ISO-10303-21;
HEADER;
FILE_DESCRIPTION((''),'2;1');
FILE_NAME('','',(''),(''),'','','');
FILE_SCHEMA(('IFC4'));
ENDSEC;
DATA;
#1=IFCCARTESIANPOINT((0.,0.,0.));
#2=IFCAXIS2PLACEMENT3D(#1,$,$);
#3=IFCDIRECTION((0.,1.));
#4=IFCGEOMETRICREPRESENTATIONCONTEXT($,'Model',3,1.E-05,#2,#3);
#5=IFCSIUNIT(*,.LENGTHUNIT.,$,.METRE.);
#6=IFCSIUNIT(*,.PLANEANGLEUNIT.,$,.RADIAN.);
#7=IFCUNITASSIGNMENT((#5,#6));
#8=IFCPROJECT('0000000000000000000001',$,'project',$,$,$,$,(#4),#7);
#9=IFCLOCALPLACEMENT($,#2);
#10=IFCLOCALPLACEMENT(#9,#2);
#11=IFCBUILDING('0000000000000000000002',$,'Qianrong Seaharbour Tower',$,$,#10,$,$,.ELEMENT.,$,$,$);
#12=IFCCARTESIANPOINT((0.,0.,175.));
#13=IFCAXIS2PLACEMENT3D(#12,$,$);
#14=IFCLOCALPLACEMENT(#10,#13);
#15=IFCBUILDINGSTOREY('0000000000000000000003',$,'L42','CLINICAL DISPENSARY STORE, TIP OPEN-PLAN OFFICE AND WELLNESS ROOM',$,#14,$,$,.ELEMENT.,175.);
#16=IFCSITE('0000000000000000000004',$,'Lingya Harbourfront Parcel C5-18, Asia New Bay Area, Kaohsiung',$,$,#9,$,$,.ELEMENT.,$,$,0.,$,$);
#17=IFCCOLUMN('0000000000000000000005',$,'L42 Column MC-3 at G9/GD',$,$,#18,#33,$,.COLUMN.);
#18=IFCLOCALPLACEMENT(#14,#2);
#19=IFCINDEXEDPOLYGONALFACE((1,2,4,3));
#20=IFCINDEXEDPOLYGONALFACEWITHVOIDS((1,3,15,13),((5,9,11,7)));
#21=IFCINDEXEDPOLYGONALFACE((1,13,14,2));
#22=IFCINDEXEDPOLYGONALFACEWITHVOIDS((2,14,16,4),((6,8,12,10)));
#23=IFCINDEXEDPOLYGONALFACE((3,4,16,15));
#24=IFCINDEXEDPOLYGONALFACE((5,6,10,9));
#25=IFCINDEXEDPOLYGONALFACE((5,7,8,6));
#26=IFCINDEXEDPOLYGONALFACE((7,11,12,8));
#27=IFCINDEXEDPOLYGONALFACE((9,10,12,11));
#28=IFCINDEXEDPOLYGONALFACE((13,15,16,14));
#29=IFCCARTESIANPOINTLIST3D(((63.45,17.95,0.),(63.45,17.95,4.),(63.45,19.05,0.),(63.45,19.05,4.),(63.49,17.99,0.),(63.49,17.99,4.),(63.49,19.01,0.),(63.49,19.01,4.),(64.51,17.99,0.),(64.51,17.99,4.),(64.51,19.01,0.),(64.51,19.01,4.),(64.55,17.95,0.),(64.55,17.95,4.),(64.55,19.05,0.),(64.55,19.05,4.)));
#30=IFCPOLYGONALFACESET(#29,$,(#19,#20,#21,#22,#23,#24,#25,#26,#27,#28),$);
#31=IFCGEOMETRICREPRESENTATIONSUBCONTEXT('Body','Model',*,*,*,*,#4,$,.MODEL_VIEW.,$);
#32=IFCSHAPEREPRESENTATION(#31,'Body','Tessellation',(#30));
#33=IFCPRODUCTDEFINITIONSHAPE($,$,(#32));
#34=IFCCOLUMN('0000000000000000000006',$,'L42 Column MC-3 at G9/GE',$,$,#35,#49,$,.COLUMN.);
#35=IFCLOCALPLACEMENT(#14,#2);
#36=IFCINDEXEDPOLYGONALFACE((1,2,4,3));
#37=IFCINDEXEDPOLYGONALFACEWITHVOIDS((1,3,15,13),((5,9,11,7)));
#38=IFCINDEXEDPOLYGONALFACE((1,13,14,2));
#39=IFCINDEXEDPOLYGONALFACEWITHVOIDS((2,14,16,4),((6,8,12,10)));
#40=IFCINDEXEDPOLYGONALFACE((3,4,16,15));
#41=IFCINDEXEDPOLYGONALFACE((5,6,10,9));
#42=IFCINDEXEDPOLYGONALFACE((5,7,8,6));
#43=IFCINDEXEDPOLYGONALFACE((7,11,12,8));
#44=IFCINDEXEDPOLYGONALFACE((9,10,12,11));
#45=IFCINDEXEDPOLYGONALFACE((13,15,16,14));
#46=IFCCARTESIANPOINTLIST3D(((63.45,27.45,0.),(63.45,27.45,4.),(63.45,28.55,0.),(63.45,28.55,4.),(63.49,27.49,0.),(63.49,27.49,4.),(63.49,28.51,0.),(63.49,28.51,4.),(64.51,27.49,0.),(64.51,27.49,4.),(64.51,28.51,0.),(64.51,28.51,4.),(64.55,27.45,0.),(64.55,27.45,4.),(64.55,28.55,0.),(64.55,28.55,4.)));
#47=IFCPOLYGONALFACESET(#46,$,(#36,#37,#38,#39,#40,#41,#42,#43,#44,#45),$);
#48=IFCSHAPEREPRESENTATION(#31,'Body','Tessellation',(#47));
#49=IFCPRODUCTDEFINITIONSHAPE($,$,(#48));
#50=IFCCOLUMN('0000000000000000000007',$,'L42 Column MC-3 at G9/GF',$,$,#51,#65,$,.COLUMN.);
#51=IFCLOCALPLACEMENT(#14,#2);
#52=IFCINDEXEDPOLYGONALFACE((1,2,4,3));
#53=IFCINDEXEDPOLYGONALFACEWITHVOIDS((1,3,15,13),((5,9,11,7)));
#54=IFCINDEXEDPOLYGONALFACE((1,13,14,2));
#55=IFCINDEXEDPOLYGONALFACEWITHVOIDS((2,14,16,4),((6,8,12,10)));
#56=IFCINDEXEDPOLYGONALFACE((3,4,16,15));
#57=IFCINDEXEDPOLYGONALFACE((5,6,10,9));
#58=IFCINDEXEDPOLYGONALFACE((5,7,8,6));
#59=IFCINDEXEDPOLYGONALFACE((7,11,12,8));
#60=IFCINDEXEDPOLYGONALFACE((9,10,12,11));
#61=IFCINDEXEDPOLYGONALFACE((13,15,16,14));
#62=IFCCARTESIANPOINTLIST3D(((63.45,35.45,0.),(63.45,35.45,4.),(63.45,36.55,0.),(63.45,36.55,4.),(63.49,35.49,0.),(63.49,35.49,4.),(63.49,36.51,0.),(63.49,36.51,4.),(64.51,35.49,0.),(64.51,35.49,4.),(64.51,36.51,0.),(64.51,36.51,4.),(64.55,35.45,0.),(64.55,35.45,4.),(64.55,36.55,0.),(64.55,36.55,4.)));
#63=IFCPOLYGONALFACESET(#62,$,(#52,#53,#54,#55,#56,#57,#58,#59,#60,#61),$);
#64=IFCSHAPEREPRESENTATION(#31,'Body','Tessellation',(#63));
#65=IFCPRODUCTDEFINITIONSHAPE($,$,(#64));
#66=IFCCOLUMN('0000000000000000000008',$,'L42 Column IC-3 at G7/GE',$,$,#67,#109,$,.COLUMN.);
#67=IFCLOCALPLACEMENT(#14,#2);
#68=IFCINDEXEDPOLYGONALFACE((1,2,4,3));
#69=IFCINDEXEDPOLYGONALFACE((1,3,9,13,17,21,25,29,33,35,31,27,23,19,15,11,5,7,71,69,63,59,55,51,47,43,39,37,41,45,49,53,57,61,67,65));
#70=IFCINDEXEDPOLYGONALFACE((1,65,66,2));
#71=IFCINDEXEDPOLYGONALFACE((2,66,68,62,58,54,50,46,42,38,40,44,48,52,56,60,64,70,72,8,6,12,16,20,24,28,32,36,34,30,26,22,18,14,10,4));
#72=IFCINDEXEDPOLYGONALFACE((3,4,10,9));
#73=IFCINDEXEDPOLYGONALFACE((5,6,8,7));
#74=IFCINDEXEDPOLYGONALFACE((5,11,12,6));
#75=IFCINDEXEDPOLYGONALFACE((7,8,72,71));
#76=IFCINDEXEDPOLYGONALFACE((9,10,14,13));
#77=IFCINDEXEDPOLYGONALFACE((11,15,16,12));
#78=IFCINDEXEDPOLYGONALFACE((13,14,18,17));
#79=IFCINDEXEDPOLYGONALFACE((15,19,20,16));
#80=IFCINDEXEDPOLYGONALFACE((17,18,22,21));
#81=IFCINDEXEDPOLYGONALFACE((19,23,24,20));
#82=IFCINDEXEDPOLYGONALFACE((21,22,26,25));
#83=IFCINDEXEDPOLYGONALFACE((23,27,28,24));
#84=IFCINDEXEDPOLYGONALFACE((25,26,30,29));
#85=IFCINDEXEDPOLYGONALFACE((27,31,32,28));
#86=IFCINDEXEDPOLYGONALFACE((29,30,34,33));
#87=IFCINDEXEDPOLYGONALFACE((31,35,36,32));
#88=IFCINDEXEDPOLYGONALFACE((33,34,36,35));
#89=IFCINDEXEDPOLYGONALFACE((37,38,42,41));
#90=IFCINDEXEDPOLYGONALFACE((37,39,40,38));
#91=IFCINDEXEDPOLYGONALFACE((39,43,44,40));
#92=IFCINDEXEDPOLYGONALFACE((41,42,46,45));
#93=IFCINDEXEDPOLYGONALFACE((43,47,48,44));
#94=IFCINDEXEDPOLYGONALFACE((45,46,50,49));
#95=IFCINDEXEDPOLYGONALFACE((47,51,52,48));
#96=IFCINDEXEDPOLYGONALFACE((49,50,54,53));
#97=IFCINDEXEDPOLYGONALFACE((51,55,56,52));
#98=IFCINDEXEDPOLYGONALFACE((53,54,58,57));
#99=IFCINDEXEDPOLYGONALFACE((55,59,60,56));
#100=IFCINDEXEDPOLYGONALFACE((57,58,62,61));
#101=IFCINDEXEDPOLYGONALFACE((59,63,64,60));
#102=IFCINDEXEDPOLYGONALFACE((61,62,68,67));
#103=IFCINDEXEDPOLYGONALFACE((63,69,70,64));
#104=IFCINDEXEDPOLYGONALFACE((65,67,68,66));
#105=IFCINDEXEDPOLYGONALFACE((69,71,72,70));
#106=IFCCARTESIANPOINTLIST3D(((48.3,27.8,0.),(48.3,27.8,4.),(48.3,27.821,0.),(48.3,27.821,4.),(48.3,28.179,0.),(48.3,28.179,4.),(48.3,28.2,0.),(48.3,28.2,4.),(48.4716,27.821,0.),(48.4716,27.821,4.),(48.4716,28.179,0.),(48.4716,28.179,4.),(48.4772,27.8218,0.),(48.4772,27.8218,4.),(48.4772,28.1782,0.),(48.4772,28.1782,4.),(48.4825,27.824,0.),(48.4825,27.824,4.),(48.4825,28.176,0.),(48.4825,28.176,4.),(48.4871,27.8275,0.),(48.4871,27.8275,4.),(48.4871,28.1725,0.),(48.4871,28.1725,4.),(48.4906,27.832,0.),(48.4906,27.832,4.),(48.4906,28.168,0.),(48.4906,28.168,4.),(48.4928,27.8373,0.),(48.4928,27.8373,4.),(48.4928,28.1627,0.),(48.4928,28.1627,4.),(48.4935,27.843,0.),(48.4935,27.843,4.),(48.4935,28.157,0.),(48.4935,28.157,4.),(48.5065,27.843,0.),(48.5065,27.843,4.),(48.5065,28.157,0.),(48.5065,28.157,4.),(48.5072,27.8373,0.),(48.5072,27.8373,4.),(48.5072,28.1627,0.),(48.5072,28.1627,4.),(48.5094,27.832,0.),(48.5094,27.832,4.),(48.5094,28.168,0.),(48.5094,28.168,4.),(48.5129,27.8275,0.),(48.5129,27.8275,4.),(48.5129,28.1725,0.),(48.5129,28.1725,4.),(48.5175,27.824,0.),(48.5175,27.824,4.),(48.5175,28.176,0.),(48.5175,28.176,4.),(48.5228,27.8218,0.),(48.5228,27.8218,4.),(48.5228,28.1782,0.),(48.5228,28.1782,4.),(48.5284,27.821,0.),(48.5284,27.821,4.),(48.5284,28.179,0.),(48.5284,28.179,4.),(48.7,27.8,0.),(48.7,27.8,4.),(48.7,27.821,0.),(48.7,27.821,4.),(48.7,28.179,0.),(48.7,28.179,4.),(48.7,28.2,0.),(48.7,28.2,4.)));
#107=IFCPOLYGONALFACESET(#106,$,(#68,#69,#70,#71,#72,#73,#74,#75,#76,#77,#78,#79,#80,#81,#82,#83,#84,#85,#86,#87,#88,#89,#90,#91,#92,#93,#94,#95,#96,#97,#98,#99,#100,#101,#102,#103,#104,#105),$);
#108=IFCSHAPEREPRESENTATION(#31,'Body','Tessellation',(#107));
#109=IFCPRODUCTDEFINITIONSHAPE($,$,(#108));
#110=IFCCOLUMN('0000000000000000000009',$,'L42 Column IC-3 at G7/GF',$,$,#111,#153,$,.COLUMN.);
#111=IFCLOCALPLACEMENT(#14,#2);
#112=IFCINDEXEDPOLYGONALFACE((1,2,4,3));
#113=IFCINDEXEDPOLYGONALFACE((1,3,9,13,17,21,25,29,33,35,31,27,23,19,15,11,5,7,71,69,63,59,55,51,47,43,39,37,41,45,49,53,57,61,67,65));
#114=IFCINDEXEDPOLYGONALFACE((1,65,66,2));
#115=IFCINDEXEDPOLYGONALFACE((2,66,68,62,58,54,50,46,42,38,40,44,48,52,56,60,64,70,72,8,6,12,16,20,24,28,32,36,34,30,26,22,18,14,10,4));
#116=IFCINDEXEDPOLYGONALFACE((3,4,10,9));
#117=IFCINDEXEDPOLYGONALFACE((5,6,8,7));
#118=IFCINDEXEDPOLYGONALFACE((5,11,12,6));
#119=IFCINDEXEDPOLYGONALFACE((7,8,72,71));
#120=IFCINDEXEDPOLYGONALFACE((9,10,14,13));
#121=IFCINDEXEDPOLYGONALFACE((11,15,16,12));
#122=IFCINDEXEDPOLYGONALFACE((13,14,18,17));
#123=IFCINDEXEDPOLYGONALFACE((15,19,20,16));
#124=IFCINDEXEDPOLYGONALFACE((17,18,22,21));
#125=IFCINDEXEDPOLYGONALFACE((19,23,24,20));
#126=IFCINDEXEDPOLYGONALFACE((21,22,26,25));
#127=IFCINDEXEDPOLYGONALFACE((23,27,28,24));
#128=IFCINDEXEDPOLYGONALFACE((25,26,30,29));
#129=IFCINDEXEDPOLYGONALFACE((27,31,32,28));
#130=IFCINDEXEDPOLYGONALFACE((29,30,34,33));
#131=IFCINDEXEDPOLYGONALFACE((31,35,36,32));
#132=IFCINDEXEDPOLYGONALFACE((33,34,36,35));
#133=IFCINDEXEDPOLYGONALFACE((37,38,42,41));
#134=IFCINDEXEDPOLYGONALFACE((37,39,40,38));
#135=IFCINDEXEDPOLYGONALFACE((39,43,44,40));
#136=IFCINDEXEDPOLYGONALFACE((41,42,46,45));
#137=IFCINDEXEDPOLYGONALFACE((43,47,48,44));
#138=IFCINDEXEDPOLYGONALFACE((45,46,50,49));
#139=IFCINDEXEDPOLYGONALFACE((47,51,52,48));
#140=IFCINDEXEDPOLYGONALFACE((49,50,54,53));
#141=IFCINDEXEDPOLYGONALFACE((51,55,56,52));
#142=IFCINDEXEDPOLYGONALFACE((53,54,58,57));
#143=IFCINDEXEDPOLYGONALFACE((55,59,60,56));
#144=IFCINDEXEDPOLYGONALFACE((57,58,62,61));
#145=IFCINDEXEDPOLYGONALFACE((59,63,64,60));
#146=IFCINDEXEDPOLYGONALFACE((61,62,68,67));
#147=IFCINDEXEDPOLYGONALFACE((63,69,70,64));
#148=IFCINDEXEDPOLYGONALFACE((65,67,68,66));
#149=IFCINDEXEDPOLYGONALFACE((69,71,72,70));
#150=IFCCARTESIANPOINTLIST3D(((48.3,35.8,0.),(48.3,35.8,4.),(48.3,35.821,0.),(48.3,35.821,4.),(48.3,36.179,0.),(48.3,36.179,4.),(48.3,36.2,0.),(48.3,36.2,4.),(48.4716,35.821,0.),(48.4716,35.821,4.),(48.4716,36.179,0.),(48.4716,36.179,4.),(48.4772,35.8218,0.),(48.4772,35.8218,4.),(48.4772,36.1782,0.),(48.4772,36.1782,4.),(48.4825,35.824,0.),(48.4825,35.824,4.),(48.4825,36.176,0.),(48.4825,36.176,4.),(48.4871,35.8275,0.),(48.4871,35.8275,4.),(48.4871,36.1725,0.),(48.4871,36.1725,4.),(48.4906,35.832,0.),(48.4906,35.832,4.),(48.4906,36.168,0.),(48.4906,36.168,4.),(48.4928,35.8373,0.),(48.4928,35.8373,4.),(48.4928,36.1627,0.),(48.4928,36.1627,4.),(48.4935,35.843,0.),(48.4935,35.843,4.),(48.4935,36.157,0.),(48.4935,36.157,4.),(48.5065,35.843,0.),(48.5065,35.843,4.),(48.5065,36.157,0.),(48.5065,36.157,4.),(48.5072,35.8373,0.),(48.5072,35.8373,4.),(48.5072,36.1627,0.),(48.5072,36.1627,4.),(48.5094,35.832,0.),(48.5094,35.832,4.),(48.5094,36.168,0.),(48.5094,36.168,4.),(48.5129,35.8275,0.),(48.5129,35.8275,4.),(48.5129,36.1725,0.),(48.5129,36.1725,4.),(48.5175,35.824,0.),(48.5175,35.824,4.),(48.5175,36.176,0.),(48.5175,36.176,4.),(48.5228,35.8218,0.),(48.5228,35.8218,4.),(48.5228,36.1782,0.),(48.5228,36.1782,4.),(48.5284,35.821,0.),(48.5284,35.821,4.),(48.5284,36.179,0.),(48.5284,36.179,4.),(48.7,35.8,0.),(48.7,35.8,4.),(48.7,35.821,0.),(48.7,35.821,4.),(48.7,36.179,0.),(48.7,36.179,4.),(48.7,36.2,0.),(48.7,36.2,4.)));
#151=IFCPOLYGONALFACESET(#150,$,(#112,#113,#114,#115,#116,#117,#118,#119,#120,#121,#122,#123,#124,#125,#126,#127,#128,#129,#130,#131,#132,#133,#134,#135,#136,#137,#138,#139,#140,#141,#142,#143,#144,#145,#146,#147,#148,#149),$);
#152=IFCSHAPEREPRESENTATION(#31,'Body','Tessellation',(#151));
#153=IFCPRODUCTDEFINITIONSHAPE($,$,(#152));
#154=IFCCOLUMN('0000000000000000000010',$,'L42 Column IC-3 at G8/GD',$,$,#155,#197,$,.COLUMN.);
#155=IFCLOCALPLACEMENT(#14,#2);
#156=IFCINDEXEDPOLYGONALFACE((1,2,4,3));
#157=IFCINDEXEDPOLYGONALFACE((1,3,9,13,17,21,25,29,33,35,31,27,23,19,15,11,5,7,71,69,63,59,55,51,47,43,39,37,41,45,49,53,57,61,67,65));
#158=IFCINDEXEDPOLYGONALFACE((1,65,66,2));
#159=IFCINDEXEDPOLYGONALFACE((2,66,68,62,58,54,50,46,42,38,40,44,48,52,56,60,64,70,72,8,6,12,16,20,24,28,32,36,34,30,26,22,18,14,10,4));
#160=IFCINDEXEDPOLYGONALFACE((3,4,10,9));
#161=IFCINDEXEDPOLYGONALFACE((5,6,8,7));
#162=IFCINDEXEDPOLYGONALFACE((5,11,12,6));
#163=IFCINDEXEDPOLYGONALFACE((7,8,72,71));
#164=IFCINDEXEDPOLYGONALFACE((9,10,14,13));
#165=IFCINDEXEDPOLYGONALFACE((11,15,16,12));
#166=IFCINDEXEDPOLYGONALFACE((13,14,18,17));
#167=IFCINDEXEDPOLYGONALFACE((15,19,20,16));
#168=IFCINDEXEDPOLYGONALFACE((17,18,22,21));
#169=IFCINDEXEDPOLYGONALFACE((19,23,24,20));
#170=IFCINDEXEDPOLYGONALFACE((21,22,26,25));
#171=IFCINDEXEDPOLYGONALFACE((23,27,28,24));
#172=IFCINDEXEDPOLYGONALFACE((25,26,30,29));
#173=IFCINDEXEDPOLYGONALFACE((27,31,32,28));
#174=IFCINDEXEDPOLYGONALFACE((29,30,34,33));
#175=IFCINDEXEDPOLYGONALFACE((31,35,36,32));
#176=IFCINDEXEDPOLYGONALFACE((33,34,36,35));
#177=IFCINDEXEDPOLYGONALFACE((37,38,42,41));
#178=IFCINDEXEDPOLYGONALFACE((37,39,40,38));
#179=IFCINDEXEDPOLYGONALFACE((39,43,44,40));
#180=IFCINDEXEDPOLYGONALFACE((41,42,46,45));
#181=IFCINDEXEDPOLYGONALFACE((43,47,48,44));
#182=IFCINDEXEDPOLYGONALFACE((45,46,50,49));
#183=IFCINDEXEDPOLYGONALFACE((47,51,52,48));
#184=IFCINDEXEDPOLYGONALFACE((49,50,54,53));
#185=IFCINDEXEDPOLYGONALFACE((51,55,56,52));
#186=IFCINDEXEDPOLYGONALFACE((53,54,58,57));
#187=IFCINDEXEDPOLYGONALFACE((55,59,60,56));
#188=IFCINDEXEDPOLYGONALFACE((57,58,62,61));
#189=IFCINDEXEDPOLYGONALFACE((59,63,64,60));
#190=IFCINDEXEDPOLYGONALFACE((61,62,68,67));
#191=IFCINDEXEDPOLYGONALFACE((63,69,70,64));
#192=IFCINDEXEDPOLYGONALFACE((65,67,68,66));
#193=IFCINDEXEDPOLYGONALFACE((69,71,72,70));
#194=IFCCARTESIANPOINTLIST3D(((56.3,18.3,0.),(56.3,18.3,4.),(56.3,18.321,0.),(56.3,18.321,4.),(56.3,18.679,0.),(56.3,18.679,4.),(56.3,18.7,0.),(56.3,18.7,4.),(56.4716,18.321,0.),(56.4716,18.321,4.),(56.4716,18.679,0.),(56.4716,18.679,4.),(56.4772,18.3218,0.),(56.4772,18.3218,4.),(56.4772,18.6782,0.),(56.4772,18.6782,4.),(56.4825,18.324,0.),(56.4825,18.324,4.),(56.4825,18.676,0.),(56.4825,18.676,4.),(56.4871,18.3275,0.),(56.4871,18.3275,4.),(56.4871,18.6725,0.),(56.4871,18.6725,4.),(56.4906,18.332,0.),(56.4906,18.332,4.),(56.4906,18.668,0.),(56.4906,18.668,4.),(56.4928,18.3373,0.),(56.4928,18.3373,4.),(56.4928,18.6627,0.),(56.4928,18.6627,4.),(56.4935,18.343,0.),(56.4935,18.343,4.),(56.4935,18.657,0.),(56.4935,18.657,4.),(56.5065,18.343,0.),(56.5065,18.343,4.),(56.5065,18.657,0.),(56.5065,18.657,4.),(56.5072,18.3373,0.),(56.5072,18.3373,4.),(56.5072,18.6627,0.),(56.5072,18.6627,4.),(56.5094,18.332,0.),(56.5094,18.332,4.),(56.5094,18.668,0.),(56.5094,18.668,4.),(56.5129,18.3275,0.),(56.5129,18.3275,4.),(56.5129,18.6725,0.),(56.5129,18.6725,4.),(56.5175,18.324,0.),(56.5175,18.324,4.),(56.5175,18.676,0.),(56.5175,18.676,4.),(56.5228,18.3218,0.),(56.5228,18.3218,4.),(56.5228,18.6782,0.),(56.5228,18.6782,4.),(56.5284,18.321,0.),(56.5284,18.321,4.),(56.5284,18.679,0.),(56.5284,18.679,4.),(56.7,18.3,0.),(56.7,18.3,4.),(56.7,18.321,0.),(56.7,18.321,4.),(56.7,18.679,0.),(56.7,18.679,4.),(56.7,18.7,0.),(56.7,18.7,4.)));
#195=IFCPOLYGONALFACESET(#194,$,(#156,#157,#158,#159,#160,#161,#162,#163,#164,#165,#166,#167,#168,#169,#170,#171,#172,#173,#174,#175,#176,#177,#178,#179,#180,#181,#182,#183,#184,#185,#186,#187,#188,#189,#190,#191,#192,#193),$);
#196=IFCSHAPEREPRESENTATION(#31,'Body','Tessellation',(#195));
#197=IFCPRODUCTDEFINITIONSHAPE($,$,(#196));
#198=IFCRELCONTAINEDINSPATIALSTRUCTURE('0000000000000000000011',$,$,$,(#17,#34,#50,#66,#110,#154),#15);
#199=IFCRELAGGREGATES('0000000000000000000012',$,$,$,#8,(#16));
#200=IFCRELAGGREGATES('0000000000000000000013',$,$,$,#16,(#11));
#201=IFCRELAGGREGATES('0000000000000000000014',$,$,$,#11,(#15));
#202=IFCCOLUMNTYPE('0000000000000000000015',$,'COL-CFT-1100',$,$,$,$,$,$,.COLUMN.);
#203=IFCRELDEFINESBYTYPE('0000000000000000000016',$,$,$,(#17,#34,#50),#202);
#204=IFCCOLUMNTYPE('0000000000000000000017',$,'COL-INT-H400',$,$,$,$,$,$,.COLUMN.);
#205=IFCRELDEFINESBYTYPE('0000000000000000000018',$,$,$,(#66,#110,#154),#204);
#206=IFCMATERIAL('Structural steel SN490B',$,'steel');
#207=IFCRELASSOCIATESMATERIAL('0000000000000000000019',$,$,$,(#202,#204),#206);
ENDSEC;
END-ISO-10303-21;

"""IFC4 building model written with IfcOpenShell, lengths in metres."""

from ifc_helpers import new_model, si_unit, direction, frame, origin, origin_2d, place, context, subcontext, project, spatial, hollow_rectangle, i_section, extrude, material, material_profile, profile_set, type_object, element, save


model = new_model("IFC4")

# Units and contexts
model_context = context("Model", 3, precision=1e-05, world=origin(), true_north=direction((0.0, 1.0)))
body_context = subcontext(model_context, "Body", "Model", "MODEL_VIEW")
ifc_project = project(units=[si_unit("LENGTHUNIT", "METRE"), si_unit("PLANEANGLEUNIT", "RADIAN")], contexts=[model_context])

# Site, building, storey
site_placement = place(None, origin())
site = spatial("IfcSite", under=ifc_project, at=site_placement, Name="Lingya Harbourfront Parcel C5-18, Asia New Bay Area, Kaohsiung", CompositionType="ELEMENT", RefElevation=0.0)
building_placement = place(site_placement, origin())
building = spatial("IfcBuilding", under=site, at=building_placement, Name="Qianrong Seaharbour Tower", CompositionType="ELEMENT")
storey_placement = place(building_placement, frame((0.0, 0.0, 175.0)))
storey = spatial("IfcBuildingStorey", under=building, at=storey_placement, Name="L42", Description="CLINICAL DISPENSARY STORE, TIP OPEN-PLAN OFFICE AND WELLNESS ROOM", CompositionType="ELEMENT", Elevation=175.0)

# Columns
ifc_material_1 = material(Name="Structural steel SN490B", Category="steel")
ifc_material_profile_1 = material_profile(ifc_material_1, hollow_rectangle(XDim=1.1001, YDim=1.1001, WallThickness=0.04, at=origin_2d()), Name="BOX1100x1100x40")
ifc_profile_set_1 = profile_set([ifc_material_profile_1], Name="Structural steel SN490B")
column_type_1 = type_object("IfcColumnType", Name="COL-CFT-1100", PredefinedType="COLUMN", material=ifc_profile_set_1)
for number, where, z_axis, x_axis, name in (
    (1, (64.0, 18.5, 0.0), (0.0, 0.0, 1.0), (1.0, 0.0, 0.0), "L42 Column MC-3 at G9/GD"),
    (2, (64.0, 28.0, 0.0), (0.0, 0.0, 1.0), (1.0, 0.0, 0.0), "L42 Column MC-3 at G9/GE"),
    (3, (64.0, 36.0, 0.0), (0.0, 0.0, 1.0), (1.0, 0.0, 0.0), "L42 Column MC-3 at G9/GF"),
):
    element("IfcColumn", number, at=place(storey_placement, frame(where, z_axis=z_axis, x_axis=x_axis)), inside=storey, type_object=column_type_1, Name=name, PredefinedType="COLUMN", context=body_context, shape_type="SweptSolid", body=[
        extrude(hollow_rectangle(XDim=1.1001, YDim=1.1001, WallThickness=0.04, at=origin_2d()), origin(), (0.0, 0.0, 1.0), 4.0),
    ])
ifc_material_profile_2 = material_profile(ifc_material_1, i_section(OverallWidth=0.3999, OverallDepth=0.3999, WebThickness=0.0129, FlangeThickness=0.021, FilletRadius=0.022, at=origin_2d()), Name="H400x400x13x21")
ifc_profile_set_2 = profile_set([ifc_material_profile_2], Name="Structural steel SN490B")
column_type_2 = type_object("IfcColumnType", Name="COL-INT-H400", PredefinedType="COLUMN", material=ifc_profile_set_2)
for number, where, z_axis, x_axis, name in (
    (4, (48.5, 28.0, 0.0), (0.0, 0.0, 1.0), (1.0, 0.0, 0.0), "L42 Column IC-3 at G7/GE"),
    (5, (48.5, 36.0, 0.0), (0.0, 0.0, 1.0), (1.0, 0.0, 0.0), "L42 Column IC-3 at G7/GF"),
    (6, (56.5, 18.5, 0.0), (0.0, 0.0, 1.0), (1.0, 0.0, 0.0), "L42 Column IC-3 at G8/GD"),
):
    element("IfcColumn", number, at=place(storey_placement, frame(where, z_axis=z_axis, x_axis=x_axis)), inside=storey, type_object=column_type_2, Name=name, PredefinedType="COLUMN", context=body_context, shape_type="SweptSolid", body=[
        extrude(i_section(OverallWidth=0.3999, OverallDepth=0.3999, WebThickness=0.0129, FlangeThickness=0.021, FilletRadius=0.022, at=origin_2d()), origin(), (0.0, 0.0, 1.0), 4.0),
    ])

save(model, "model.ifc")
